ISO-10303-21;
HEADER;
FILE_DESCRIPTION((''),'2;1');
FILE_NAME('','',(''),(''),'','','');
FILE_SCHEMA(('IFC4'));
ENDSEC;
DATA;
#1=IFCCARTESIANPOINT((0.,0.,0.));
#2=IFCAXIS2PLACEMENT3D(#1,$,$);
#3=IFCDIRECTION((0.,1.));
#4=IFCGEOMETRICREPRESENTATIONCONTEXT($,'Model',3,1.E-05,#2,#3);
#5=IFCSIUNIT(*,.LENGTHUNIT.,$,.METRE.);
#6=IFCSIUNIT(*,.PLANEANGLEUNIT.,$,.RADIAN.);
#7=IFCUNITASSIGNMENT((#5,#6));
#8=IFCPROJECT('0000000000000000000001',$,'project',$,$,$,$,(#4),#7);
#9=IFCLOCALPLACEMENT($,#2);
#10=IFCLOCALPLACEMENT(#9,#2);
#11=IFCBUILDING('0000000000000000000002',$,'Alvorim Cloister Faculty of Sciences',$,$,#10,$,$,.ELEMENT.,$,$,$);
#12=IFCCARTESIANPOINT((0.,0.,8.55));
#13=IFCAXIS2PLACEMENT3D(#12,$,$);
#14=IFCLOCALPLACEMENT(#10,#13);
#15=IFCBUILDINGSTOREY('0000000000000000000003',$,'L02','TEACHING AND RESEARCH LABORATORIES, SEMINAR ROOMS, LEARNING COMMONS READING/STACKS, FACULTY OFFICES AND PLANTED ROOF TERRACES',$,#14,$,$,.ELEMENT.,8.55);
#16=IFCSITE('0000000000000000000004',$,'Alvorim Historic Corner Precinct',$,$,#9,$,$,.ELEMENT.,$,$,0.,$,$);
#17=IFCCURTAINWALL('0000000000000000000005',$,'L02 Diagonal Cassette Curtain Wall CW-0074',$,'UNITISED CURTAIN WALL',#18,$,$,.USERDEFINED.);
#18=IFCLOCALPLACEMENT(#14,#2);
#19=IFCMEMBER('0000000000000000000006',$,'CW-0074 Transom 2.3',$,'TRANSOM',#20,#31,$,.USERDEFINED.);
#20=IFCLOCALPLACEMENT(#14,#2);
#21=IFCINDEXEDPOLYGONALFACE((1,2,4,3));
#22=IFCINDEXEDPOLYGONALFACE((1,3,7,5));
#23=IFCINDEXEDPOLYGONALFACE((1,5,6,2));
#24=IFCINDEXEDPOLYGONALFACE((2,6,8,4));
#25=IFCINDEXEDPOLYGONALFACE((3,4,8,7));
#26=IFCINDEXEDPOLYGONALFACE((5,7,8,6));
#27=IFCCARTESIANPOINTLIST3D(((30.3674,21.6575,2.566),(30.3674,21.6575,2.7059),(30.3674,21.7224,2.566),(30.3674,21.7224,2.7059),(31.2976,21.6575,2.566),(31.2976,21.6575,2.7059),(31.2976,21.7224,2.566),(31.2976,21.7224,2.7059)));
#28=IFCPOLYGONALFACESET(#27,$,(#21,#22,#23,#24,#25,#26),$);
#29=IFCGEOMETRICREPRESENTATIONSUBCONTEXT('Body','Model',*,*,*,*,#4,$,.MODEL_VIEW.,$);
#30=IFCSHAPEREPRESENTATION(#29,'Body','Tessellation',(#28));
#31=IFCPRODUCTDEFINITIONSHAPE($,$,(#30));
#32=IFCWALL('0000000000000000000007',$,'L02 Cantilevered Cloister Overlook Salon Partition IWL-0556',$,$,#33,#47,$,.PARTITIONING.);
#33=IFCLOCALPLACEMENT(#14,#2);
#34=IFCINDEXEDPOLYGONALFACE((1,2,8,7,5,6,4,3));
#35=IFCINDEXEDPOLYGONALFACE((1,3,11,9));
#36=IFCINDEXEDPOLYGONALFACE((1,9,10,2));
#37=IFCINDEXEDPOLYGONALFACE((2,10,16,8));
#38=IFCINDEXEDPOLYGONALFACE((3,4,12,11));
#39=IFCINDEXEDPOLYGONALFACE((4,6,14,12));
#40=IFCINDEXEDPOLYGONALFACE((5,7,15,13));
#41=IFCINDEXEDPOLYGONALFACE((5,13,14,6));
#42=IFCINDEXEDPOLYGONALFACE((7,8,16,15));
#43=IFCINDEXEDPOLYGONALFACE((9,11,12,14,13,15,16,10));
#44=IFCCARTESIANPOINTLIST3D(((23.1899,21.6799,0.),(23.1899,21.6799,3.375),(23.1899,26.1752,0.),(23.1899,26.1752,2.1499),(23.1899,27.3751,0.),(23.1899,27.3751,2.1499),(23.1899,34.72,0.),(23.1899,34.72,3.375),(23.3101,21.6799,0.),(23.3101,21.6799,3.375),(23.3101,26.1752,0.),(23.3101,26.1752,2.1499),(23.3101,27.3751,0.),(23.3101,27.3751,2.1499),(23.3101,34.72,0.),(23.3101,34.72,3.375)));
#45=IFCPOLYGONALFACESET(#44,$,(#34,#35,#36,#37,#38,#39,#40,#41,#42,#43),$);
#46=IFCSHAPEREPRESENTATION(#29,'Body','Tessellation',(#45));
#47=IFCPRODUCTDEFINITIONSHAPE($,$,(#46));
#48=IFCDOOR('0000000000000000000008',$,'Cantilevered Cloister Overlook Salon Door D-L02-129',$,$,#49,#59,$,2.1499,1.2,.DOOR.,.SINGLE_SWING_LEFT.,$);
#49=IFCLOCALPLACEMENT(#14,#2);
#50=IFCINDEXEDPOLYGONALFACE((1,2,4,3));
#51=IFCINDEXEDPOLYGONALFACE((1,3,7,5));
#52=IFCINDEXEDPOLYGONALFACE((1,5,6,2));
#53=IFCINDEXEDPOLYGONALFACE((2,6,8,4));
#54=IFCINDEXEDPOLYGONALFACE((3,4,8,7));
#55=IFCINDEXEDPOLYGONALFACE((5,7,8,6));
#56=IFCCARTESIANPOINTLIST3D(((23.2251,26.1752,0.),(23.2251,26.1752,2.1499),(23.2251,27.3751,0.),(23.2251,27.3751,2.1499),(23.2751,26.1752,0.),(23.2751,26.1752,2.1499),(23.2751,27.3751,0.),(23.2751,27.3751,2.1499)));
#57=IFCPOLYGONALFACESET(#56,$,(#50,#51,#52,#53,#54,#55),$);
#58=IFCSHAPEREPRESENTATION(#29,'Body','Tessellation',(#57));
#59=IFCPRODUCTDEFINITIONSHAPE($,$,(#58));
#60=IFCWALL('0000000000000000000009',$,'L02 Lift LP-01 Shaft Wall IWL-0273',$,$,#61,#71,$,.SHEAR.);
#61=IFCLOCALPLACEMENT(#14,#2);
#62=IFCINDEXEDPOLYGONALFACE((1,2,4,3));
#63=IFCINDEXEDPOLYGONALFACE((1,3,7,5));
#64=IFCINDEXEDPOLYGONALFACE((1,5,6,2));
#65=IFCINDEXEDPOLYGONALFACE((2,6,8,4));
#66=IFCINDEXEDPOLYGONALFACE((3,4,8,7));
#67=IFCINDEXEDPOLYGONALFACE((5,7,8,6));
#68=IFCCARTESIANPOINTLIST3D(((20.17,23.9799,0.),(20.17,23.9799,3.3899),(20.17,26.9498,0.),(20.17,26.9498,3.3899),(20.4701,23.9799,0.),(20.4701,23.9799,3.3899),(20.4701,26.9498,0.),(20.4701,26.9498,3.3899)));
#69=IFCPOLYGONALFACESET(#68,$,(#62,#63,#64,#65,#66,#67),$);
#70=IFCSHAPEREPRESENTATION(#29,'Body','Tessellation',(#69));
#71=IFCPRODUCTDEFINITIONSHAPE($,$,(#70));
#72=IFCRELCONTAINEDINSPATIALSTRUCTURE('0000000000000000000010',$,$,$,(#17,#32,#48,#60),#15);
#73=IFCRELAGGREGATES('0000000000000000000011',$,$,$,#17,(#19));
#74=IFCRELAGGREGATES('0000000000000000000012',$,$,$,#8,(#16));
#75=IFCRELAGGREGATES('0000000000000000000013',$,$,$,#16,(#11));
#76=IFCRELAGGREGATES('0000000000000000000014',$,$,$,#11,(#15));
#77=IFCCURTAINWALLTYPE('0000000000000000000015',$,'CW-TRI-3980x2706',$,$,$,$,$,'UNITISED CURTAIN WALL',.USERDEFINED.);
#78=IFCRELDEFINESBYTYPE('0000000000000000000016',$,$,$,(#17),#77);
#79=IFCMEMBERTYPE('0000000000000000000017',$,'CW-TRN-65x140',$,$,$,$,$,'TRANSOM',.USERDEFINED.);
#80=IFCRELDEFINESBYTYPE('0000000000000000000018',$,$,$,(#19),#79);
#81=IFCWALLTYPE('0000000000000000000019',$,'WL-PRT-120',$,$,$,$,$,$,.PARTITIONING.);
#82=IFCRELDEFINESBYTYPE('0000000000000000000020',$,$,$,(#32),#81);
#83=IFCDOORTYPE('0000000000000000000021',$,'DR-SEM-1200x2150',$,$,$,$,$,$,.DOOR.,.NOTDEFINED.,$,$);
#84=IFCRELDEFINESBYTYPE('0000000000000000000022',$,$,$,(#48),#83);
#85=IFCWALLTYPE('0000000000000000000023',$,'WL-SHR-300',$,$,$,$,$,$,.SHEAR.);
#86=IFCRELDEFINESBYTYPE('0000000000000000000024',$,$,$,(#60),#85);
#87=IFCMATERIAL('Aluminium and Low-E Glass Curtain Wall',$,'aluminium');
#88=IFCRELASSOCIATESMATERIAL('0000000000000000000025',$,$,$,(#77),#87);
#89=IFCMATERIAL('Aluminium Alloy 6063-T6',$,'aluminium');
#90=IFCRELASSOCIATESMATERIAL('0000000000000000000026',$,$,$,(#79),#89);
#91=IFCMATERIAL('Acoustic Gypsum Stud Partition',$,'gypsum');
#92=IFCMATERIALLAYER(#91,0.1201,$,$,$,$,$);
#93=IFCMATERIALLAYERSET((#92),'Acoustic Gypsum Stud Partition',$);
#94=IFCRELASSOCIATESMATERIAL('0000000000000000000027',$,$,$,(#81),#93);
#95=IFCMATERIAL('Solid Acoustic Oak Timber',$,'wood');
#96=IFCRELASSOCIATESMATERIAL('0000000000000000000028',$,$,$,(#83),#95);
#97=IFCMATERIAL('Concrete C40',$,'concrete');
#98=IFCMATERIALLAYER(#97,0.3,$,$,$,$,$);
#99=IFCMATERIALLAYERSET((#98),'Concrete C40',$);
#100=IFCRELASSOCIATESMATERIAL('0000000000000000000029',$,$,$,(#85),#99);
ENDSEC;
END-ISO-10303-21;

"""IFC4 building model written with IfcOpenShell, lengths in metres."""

from ifc_helpers import new_model, si_unit, direction, frame, frame_2d, origin, origin_2d, place, context, subcontext, project, spatial, rectangle, extrude, material, layer, layer_set, material_profile, profile_set, type_object, element, fill, aggregate, save


model = new_model("IFC4")

# Units and contexts
model_context = context("Model", 3, precision=1e-05, world=origin(), true_north=direction((0.0, 1.0)))
body_context = subcontext(model_context, "Body", "Model", "MODEL_VIEW")
ifc_project = project(units=[si_unit("LENGTHUNIT", "METRE"), si_unit("PLANEANGLEUNIT", "RADIAN")], contexts=[model_context])

# Site, building, storey
site_placement = place(None, origin())
site = spatial("IfcSite", under=ifc_project, at=site_placement, Name="Alvorim Historic Corner Precinct", CompositionType="ELEMENT", RefElevation=0.0)
building_placement = place(site_placement, origin())
building = spatial("IfcBuilding", under=site, at=building_placement, Name="Alvorim Cloister Faculty of Sciences", CompositionType="ELEMENT")
storey_placement = place(building_placement, frame((0.0, 0.0, 8.55)))
storey = spatial("IfcBuildingStorey", under=building, at=storey_placement, Name="L02", Description="TEACHING AND RESEARCH LABORATORIES, SEMINAR ROOMS, LEARNING COMMONS READING/STACKS, FACULTY OFFICES AND PLANTED ROOF TERRACES", CompositionType="ELEMENT", Elevation=8.55)

# Curtain wall, member
ifc_material_1 = material(Name="Aluminium and Low-E Glass Curtain Wall", Category="aluminium")
curtain_wall_type = type_object("IfcCurtainWallType", Name="CW-TRI-3980x2706", ElementType="UNITISED CURTAIN WALL", PredefinedType="USERDEFINED", material=ifc_material_1)
curtain_wall_placement = place(storey_placement, origin())
curtain_wall = element("IfcCurtainWall", 1, at=curtain_wall_placement, inside=storey, type_object=curtain_wall_type, Name="L02 Diagonal Cassette Curtain Wall CW-0074", ObjectType="UNITISED CURTAIN WALL", PredefinedType="USERDEFINED")
ifc_material_2 = material(Name="Aluminium Alloy 6063-T6", Category="aluminium")
ifc_material_profile_1 = material_profile(ifc_material_2, rectangle(XDim=0.0649, YDim=0.1399, at=origin_2d()), Name="ALU-TRN-65x140")
ifc_profile_set_1 = profile_set([ifc_material_profile_1], Name="Aluminium Alloy 6063-T6")
member_type_1 = type_object("IfcMemberType", Name="CW-TRN-65x140", ElementType="TRANSOM", PredefinedType="USERDEFINED", material=ifc_profile_set_1)
member_1_placement = place(storey_placement, frame((30.3674, 21.6899, 2.636), z_axis=(1.0, 0.0, 0.0), x_axis=(0.0, 1.0, 0.0)))
member_1 = element("IfcMember", 2, at=member_1_placement, type_object=member_type_1, Name="CW-0074 Transom 2.3", ObjectType="TRANSOM", PredefinedType="USERDEFINED", context=body_context, shape_type="SweptSolid", body=[
    extrude(rectangle(XDim=0.0649, YDim=0.1399, at=origin_2d()), origin(), (0.0, 0.0, 1.0), 0.9302),
])
aggregate(curtain_wall, [member_1])

# Wall, opening, door
ifc_material_3 = material(Name="Acoustic Gypsum Stud Partition", Category="gypsum")
ifc_layer_1 = layer(ifc_material_3, 0.1201)
ifc_layer_set_1 = layer_set([ifc_layer_1], Name="Acoustic Gypsum Stud Partition")
wall_type_1 = type_object("IfcWallType", Name="WL-PRT-120", PredefinedType="PARTITIONING", material=ifc_layer_set_1)
wall_1_placement = place(storey_placement, frame((23.25, 21.6799, 0.0), z_axis=(0.0, 0.0, 1.0), x_axis=(0.0, 1.0, 0.0)))
wall_1 = element("IfcWall", 3, at=wall_1_placement, inside=storey, type_object=wall_type_1, Name="L02 Cantilevered Cloister Overlook Salon Partition IWL-0556", PredefinedType="PARTITIONING", context=body_context, shape_type="SweptSolid", body=[
    extrude(rectangle(XDim=13.04, YDim=0.1201, at=frame_2d((6.52, 0.0))), origin(), (0.0, 0.0, 1.0), 3.375),
])
opening_placement = place(wall_1_placement, frame((4.4951, 0.0, 0.0)))
opening = element("IfcOpeningElement", 4, at=opening_placement, cuts=wall_1, PredefinedType="OPENING", context=body_context, shape_type="SweptSolid", body=[
    extrude(rectangle(XDim=1.2, YDim=2.1499, at=frame_2d((0.6001, 1.075))), frame((0.0, 0.072, 0.0), z_axis=(0.0, -1.0, 0.0), x_axis=(1.0, 0.0, 0.0)), (0.0, 0.0, 1.0), 0.144),
])
ifc_material_4 = material(Name="Solid Acoustic Oak Timber", Category="wood")
door_type = type_object("IfcDoorType", Name="DR-SEM-1200x2150", OperationType="NOTDEFINED", PredefinedType="DOOR", material=ifc_material_4)
door_placement = place(opening_placement, origin())
door = element("IfcDoor", 5, at=door_placement, inside=storey, type_object=door_type, Name="Cantilevered Cloister Overlook Salon Door D-L02-129", OperationType="SINGLE_SWING_LEFT", OverallHeight=2.1499, OverallWidth=1.2, PredefinedType="DOOR", context=body_context, shape_type="SweptSolid", body=[
    extrude(rectangle(XDim=1.2, YDim=2.1499, at=frame_2d((0.6001, 1.075))), frame((0.0, 0.0249, 0.0), z_axis=(0.0, -1.0, 0.0), x_axis=(1.0, 0.0, 0.0)), (0.0, 0.0, 1.0), 0.05),
])
fill(opening, door)

# Wall
ifc_material_5 = material(Name="Concrete C40", Category="concrete")
ifc_layer_2 = layer(ifc_material_5, 0.3)
ifc_layer_set_2 = layer_set([ifc_layer_2], Name="Concrete C40")
wall_type_2 = type_object("IfcWallType", Name="WL-SHR-300", PredefinedType="SHEAR", material=ifc_layer_set_2)
wall_2_placement = place(storey_placement, frame((20.3201, 23.98, 0.0), z_axis=(0.0, 0.0, 1.0), x_axis=(0.0, 1.0, 0.0)))
element("IfcWall", 6, at=wall_2_placement, inside=storey, type_object=wall_type_2, Name="L02 Lift LP-01 Shaft Wall IWL-0273", PredefinedType="SHEAR", context=body_context, shape_type="SweptSolid", body=[
    extrude(rectangle(XDim=2.97, YDim=0.3, at=frame_2d((1.4849, 0.0))), origin(), (0.0, 0.0, 1.0), 3.3899),
])

save(model, "model.ifc")
